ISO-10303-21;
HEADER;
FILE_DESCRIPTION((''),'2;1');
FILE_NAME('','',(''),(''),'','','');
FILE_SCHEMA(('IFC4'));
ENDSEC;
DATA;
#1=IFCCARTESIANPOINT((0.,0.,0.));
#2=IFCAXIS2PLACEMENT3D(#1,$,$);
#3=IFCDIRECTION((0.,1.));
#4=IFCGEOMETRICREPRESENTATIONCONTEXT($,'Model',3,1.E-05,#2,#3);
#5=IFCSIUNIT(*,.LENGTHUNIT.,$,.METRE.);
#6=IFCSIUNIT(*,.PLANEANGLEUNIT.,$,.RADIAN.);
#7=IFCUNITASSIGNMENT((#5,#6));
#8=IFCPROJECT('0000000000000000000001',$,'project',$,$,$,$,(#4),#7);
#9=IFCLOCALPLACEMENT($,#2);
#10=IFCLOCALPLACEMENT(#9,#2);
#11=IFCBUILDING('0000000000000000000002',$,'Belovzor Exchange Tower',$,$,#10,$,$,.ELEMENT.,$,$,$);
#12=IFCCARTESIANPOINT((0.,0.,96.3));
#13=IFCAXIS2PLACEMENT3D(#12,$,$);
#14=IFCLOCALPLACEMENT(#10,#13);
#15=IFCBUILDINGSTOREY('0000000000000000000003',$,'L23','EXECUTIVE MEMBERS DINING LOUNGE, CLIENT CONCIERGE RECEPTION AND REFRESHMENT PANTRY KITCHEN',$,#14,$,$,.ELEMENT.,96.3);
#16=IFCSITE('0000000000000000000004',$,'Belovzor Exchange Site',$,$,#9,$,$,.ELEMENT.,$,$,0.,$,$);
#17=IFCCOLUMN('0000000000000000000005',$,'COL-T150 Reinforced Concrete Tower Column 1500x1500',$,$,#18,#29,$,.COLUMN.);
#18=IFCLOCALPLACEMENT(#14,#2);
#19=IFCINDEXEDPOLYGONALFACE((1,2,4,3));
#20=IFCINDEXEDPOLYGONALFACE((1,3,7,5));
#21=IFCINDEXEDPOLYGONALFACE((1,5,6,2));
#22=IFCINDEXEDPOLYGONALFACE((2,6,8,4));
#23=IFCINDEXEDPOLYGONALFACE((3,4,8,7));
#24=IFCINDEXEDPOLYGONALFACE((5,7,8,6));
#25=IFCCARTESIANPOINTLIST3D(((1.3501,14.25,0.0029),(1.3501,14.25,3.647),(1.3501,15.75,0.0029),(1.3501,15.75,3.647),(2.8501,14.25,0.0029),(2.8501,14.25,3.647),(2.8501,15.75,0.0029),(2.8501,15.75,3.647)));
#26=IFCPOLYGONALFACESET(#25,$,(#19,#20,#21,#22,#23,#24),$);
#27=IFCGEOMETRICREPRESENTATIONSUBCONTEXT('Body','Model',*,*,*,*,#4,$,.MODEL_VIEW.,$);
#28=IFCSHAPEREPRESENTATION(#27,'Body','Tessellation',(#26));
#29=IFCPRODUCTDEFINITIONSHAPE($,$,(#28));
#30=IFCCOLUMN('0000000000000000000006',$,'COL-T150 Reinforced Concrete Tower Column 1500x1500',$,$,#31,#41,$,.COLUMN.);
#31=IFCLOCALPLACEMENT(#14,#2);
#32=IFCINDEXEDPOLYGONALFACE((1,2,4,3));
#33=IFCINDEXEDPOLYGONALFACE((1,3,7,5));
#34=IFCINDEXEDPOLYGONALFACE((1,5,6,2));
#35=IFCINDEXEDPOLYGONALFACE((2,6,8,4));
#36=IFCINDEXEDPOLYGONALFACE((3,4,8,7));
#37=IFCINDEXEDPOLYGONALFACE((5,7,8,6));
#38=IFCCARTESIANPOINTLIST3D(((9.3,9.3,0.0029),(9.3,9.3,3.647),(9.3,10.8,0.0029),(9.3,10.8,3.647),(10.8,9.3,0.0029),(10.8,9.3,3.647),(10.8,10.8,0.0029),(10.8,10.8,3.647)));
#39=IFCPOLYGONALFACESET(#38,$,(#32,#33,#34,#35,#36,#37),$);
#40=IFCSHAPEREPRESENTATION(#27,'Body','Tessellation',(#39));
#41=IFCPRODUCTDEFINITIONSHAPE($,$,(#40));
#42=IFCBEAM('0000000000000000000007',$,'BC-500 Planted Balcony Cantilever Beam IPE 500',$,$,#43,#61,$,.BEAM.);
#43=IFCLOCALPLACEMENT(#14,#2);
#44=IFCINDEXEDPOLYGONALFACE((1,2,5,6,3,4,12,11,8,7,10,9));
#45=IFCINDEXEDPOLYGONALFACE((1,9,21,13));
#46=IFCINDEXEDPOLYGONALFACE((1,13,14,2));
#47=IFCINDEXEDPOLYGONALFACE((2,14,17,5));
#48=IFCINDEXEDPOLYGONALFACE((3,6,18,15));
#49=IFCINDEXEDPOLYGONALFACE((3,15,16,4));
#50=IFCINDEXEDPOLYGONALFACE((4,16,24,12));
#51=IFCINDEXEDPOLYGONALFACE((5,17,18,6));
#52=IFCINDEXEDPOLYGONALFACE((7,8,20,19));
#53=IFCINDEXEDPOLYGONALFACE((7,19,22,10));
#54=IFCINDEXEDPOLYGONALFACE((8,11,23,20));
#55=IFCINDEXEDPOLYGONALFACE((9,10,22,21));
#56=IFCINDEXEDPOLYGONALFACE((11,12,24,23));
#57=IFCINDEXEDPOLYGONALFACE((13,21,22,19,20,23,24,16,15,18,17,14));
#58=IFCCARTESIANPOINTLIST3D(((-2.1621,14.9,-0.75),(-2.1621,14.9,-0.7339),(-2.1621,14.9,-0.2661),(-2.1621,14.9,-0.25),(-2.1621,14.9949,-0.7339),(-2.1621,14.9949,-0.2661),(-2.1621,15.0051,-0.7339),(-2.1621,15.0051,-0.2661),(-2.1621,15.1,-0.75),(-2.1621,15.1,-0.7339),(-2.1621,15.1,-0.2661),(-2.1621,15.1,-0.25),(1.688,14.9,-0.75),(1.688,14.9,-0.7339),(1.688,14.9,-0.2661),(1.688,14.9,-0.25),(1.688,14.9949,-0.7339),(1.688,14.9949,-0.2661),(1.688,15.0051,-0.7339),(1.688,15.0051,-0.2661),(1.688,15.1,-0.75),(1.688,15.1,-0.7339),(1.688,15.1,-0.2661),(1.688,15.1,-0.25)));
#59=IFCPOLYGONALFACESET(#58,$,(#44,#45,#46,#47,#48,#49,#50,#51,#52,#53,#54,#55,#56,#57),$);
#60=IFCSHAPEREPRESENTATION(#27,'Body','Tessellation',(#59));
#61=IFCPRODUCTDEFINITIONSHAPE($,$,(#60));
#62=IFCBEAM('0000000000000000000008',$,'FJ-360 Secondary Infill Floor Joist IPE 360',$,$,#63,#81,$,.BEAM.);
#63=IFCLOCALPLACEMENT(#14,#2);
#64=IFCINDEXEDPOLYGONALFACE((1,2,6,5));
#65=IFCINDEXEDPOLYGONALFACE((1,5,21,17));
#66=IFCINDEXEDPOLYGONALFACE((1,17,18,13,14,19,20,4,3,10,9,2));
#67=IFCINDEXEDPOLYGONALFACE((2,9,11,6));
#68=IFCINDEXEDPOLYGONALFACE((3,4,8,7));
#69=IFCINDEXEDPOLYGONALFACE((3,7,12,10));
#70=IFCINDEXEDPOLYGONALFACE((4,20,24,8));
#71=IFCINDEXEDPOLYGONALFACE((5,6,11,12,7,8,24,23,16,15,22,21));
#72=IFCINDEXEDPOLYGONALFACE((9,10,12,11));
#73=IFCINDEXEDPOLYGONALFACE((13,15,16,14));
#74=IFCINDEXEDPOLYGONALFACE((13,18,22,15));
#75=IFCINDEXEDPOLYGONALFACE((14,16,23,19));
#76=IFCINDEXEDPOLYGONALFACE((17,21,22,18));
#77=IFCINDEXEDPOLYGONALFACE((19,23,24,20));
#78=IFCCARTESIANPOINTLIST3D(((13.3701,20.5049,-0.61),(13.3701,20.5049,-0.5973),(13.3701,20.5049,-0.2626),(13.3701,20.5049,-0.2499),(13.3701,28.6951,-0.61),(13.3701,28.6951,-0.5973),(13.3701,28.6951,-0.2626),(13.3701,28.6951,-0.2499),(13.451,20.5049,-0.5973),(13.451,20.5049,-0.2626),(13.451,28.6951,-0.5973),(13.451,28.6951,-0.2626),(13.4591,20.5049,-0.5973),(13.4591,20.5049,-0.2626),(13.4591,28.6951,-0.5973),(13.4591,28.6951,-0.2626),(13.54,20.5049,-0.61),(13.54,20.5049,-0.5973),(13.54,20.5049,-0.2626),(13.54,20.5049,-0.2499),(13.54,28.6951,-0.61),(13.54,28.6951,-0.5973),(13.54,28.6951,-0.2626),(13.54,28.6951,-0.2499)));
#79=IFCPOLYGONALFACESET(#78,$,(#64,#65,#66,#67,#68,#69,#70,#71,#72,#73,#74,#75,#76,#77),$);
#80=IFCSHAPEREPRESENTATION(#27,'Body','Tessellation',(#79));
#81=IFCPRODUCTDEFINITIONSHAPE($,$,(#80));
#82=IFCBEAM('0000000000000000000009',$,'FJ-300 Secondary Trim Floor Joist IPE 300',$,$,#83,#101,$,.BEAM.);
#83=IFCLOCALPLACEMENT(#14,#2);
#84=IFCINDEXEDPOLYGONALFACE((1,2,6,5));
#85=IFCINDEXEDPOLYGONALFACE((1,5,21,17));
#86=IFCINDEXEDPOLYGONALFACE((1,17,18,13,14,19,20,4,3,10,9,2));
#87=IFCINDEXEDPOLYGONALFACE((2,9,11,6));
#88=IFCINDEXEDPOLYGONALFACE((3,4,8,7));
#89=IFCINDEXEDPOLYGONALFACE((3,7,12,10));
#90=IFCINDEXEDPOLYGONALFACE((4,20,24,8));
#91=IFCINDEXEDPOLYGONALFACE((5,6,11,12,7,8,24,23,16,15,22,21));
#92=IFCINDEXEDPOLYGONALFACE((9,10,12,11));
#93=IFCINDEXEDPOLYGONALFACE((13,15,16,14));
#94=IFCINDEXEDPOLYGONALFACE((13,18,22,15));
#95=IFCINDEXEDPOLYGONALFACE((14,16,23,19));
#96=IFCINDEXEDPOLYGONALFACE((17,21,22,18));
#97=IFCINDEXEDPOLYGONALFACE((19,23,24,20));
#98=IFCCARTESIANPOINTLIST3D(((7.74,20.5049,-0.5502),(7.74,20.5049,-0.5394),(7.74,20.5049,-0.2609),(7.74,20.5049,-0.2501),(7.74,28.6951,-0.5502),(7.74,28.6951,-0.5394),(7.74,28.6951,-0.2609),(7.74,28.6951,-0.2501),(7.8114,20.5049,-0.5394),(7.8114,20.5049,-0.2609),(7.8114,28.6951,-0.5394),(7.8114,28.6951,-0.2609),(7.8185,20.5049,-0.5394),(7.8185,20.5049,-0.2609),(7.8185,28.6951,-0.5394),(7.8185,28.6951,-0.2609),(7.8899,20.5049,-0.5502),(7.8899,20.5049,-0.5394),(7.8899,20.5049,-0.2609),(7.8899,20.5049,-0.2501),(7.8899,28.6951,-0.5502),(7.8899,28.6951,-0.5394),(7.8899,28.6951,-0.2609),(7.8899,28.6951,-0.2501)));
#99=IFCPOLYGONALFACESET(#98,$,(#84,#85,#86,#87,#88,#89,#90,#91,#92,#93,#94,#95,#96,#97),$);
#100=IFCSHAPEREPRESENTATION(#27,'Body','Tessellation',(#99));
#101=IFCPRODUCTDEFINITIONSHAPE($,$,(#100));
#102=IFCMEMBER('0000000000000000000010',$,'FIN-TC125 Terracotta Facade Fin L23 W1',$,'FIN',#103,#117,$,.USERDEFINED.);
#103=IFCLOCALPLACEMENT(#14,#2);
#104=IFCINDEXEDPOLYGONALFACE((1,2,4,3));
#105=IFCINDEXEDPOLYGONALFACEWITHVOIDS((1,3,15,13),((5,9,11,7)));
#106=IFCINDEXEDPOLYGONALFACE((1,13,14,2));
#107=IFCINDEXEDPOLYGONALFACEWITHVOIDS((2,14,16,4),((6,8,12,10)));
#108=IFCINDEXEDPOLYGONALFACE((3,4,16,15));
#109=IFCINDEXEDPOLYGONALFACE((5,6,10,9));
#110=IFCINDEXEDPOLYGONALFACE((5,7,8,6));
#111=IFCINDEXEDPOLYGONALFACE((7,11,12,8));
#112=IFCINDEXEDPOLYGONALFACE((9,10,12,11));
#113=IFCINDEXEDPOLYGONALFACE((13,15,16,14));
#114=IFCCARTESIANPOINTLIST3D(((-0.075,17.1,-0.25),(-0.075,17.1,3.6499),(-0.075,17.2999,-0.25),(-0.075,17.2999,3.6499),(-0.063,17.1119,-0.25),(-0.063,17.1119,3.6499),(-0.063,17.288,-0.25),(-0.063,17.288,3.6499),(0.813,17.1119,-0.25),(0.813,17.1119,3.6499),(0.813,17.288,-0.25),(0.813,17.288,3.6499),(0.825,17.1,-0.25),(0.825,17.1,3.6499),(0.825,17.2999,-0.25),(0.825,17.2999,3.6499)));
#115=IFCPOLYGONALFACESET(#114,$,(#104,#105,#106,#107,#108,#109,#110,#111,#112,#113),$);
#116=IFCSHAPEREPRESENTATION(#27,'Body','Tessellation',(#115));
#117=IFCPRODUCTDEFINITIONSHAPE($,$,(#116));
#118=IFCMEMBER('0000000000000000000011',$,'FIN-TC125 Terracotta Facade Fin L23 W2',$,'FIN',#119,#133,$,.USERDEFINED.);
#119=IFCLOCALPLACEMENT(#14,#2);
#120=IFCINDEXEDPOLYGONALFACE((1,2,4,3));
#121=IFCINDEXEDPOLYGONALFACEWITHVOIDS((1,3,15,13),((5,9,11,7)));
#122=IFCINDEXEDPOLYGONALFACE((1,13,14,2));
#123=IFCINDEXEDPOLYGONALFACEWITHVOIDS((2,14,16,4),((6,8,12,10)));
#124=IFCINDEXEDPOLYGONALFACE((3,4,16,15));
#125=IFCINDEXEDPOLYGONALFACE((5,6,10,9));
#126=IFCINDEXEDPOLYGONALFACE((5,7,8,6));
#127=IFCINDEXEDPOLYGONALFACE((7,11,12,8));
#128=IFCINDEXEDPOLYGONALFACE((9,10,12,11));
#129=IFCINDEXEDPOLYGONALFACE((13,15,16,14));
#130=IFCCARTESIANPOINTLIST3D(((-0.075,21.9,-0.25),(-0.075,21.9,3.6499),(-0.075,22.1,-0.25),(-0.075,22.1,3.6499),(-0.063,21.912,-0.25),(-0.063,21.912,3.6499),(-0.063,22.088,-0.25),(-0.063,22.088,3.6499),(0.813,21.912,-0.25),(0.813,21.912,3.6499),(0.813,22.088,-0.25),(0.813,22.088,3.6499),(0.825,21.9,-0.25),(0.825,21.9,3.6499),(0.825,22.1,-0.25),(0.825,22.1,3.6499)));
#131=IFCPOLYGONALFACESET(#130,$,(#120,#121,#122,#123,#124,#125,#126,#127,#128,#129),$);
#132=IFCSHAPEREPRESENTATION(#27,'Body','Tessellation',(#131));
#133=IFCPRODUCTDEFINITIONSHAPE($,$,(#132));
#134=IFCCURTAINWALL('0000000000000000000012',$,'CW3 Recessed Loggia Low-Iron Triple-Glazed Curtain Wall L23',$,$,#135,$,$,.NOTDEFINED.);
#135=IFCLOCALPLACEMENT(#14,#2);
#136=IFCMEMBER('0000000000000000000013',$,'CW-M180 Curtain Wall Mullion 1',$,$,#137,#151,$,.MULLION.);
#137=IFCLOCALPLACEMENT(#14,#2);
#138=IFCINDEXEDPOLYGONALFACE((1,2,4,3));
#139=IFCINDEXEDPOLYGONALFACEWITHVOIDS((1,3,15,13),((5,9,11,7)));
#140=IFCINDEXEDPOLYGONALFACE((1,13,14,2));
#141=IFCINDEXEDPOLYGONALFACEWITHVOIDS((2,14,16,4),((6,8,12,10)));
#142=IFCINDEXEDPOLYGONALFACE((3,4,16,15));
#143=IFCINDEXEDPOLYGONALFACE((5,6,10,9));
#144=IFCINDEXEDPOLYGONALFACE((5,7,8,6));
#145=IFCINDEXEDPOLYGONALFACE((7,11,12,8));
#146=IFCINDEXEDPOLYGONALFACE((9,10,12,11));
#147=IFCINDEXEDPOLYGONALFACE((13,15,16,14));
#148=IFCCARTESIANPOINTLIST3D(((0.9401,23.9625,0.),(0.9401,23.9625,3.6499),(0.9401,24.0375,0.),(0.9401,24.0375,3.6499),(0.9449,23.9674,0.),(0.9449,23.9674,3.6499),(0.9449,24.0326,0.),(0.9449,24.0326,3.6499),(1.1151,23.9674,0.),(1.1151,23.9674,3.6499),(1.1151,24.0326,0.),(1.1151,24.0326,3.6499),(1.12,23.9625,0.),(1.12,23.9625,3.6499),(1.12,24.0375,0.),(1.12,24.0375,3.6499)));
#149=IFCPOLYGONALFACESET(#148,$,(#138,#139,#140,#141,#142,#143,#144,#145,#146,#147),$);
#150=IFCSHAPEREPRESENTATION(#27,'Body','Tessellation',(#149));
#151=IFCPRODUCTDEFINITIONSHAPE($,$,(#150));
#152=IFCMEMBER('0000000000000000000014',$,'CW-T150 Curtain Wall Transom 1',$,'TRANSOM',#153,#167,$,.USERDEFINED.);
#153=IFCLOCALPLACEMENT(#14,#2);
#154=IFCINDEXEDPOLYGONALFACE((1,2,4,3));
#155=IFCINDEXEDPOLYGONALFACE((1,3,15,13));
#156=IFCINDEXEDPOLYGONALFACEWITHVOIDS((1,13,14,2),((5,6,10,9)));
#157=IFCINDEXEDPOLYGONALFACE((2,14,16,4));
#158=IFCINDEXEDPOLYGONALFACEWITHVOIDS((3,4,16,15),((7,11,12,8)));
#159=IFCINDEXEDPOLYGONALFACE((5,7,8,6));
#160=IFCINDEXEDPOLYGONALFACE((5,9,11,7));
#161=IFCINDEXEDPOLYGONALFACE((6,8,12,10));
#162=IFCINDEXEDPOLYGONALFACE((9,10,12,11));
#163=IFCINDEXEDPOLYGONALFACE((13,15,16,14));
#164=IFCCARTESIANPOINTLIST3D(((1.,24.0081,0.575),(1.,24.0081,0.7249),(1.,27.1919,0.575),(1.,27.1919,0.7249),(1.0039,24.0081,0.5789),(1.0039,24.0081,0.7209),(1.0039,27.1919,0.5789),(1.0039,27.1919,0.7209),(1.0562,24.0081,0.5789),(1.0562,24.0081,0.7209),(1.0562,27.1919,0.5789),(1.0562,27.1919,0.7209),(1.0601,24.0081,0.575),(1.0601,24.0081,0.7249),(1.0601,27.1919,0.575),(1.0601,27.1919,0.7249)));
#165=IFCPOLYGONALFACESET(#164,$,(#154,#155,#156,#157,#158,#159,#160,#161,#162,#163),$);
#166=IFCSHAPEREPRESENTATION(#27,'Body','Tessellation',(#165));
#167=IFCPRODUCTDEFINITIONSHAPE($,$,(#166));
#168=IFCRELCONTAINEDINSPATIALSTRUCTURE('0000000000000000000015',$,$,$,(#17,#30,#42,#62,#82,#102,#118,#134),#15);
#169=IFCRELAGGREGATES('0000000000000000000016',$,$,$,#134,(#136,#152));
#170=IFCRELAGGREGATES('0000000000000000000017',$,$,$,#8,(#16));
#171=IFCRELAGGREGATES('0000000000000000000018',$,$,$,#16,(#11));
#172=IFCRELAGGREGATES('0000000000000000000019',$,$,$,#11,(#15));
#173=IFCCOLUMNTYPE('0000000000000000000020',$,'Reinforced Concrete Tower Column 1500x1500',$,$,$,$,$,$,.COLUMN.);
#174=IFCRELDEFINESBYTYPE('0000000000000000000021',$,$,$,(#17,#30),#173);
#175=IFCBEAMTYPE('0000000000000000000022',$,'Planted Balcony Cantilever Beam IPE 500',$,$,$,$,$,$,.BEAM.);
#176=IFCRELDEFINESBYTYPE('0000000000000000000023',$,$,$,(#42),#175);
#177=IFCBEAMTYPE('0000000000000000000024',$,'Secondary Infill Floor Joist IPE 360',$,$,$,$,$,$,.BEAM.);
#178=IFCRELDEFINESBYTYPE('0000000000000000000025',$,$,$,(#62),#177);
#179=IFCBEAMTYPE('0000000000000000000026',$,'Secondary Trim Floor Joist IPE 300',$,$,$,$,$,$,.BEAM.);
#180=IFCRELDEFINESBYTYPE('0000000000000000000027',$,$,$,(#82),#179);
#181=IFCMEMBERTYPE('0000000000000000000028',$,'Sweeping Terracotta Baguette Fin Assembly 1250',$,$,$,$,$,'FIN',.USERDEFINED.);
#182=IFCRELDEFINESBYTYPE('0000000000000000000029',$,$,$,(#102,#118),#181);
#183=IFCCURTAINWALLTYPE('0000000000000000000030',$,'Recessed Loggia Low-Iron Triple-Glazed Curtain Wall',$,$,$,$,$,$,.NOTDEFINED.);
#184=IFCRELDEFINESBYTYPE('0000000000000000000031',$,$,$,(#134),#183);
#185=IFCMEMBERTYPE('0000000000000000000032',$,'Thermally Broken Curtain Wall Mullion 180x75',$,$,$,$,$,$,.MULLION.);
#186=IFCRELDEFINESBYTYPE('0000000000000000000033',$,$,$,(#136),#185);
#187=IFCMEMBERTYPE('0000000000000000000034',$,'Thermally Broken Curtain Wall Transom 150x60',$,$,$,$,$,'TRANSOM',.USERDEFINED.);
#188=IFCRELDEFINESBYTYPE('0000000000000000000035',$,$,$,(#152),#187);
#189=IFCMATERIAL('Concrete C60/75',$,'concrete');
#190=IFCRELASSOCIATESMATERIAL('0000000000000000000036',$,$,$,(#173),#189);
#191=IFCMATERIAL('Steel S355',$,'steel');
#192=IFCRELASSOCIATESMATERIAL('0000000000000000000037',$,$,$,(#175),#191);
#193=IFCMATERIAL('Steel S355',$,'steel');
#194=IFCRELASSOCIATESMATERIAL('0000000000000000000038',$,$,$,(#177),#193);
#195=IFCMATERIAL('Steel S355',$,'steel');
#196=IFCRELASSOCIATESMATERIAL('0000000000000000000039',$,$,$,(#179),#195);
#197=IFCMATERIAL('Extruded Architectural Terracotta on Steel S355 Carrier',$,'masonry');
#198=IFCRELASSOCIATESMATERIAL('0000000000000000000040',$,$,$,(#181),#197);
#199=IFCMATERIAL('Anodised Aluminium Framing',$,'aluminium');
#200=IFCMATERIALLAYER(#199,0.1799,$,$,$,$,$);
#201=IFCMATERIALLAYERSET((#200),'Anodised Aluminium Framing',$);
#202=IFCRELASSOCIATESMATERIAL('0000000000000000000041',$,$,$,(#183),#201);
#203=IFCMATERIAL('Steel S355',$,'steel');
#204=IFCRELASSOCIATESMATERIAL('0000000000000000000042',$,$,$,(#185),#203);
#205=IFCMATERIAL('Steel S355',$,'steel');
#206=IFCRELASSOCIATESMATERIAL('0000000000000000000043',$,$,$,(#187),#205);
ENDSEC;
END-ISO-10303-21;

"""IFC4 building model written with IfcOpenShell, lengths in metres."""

from ifc_helpers import new_model, si_unit, direction, frame, origin, origin_2d, place, context, subcontext, project, spatial, rectangle, hollow_rectangle, i_section, extrude, material, layer, layer_set, material_profile, profile_set, type_object, element, aggregate, save


model = new_model("IFC4")

# Units and contexts
model_context = context("Model", 3, precision=1e-05, world=origin(), true_north=direction((0.0, 1.0)))
body_context = subcontext(model_context, "Body", "Model", "MODEL_VIEW")
ifc_project = project(units=[si_unit("LENGTHUNIT", "METRE"), si_unit("PLANEANGLEUNIT", "RADIAN")], contexts=[model_context])

# Site, building, storey
site_placement = place(None, origin())
site = spatial("IfcSite", under=ifc_project, at=site_placement, Name="Belovzor Exchange Site", CompositionType="ELEMENT", RefElevation=0.0)
building_placement = place(site_placement, origin())
building = spatial("IfcBuilding", under=site, at=building_placement, Name="Belovzor Exchange Tower", CompositionType="ELEMENT")
storey_placement = place(building_placement, frame((0.0, 0.0, 96.3)))
storey = spatial("IfcBuildingStorey", under=building, at=storey_placement, Name="L23", Description="EXECUTIVE MEMBERS DINING LOUNGE, CLIENT CONCIERGE RECEPTION AND REFRESHMENT PANTRY KITCHEN", CompositionType="ELEMENT", Elevation=96.3)

# Columns
ifc_material_1 = material(Name="Concrete C60/75", Category="concrete")
ifc_material_profile_1 = material_profile(ifc_material_1, rectangle(XDim=1.5, YDim=1.5, at=origin_2d()))
ifc_profile_set_1 = profile_set([ifc_material_profile_1], Name="Concrete C60/75")
column_type = type_object("IfcColumnType", Name="Reinforced Concrete Tower Column 1500x1500", PredefinedType="COLUMN", material=ifc_profile_set_1)
for number, where, z_axis, x_axis, name in (
    (1, (2.1001, 15.0, 0.0029), (0.0, 0.0, 1.0), (1.0, 0.0, 0.0), "COL-T150 Reinforced Concrete Tower Column 1500x1500"),
    (2, (10.05, 10.05, 0.0029), (0.0, 0.0, 1.0), (1.0, 0.0, 0.0), "COL-T150 Reinforced Concrete Tower Column 1500x1500"),
):
    element("IfcColumn", number, at=place(storey_placement, frame(where, z_axis=z_axis, x_axis=x_axis)), inside=storey, type_object=column_type, Name=name, PredefinedType="COLUMN", context=body_context, shape_type="SweptSolid", body=[
        extrude(rectangle(XDim=1.5, YDim=1.5, at=origin_2d()), origin(), (0.0, 0.0, 1.0), 3.644),
    ])

# Beams
ifc_material_2 = material(Name="Steel S355", Category="steel")
ifc_material_profile_2 = material_profile(ifc_material_2, i_section(OverallWidth=0.2, OverallDepth=0.5, WebThickness=0.0103, FlangeThickness=0.0161, at=origin_2d()))
ifc_profile_set_2 = profile_set([ifc_material_profile_2], Name="Steel S355")
beam_type_1 = type_object("IfcBeamType", Name="Planted Balcony Cantilever Beam IPE 500", PredefinedType="BEAM", material=ifc_profile_set_2)
beam_1_placement = place(storey_placement, frame((1.688, 15.0, -0.5), z_axis=(-1.0, 0.0, 0.0), x_axis=(0.0, -1.0, 0.0)))
element("IfcBeam", 3, at=beam_1_placement, inside=storey, type_object=beam_type_1, Name="BC-500 Planted Balcony Cantilever Beam IPE 500", PredefinedType="BEAM", context=body_context, shape_type="SweptSolid", body=[
    extrude(i_section(OverallWidth=0.2, OverallDepth=0.5, WebThickness=0.0103, FlangeThickness=0.0161, at=origin_2d()), origin(), (0.0, 0.0, 1.0), 3.8501),
])
ifc_material_3 = material(Name="Steel S355", Category="steel")
ifc_material_profile_3 = material_profile(ifc_material_3, i_section(OverallWidth=0.1699, OverallDepth=0.3601, WebThickness=0.0081, FlangeThickness=0.0127, at=origin_2d()))
ifc_profile_set_3 = profile_set([ifc_material_profile_3], Name="Steel S355")
beam_type_2 = type_object("IfcBeamType", Name="Secondary Infill Floor Joist IPE 360", PredefinedType="BEAM", material=ifc_profile_set_3)
beam_2_placement = place(storey_placement, frame((13.4551, 20.5049, -0.4299), z_axis=(0.0, 1.0, 0.0), x_axis=(-1.0, 0.0, 0.0)))
element("IfcBeam", 4, at=beam_2_placement, inside=storey, type_object=beam_type_2, Name="FJ-360 Secondary Infill Floor Joist IPE 360", PredefinedType="BEAM", context=body_context, shape_type="SweptSolid", body=[
    extrude(i_section(OverallWidth=0.1699, OverallDepth=0.3601, WebThickness=0.0081, FlangeThickness=0.0127, at=origin_2d()), origin(), (0.0, 0.0, 1.0), 8.1902),
])
ifc_material_4 = material(Name="Steel S355", Category="steel")
ifc_material_profile_4 = material_profile(ifc_material_4, i_section(OverallWidth=0.1499, OverallDepth=0.3, WebThickness=0.0071, FlangeThickness=0.0107, at=origin_2d()))
ifc_profile_set_4 = profile_set([ifc_material_profile_4], Name="Steel S355")
beam_type_3 = type_object("IfcBeamType", Name="Secondary Trim Floor Joist IPE 300", PredefinedType="BEAM", material=ifc_profile_set_4)
beam_3_placement = place(storey_placement, frame((7.8149, 20.5049, -0.4001), z_axis=(0.0, 1.0, 0.0), x_axis=(-1.0, 0.0, 0.0)))
element("IfcBeam", 5, at=beam_3_placement, inside=storey, type_object=beam_type_3, Name="FJ-300 Secondary Trim Floor Joist IPE 300", PredefinedType="BEAM", context=body_context, shape_type="SweptSolid", body=[
    extrude(i_section(OverallWidth=0.1499, OverallDepth=0.3, WebThickness=0.0071, FlangeThickness=0.0107, at=origin_2d()), origin(), (0.0, 0.0, 1.0), 8.1902),
])

# Members
ifc_material_5 = material(Name="Extruded Architectural Terracotta on Steel S355 Carrier", Category="masonry")
ifc_material_profile_5 = material_profile(ifc_material_5, hollow_rectangle(XDim=0.2, YDim=0.8999, WallThickness=0.012, at=origin_2d()))
ifc_profile_set_5 = profile_set([ifc_material_profile_5], Name="Extruded Architectural Terracotta on Steel S355 Carrier")
member_type_1 = type_object("IfcMemberType", Name="Sweeping Terracotta Baguette Fin Assembly 1250", ElementType="FIN", PredefinedType="USERDEFINED", material=ifc_profile_set_5)
for number, where, z_axis, x_axis, name in (
    (6, (0.375, 17.2, -0.25), (0.0, 0.0, 1.0), (0.0, 1.0, 0.0), "FIN-TC125 Terracotta Facade Fin L23 W1"),
    (7, (0.375, 22.0, -0.25), (0.0, 0.0, 1.0), (0.0, 1.0, 0.0), "FIN-TC125 Terracotta Facade Fin L23 W2"),
):
    element("IfcMember", number, at=place(storey_placement, frame(where, z_axis=z_axis, x_axis=x_axis)), inside=storey, type_object=member_type_1, Name=name, ObjectType="FIN", PredefinedType="USERDEFINED", context=body_context, shape_type="SweptSolid", body=[
        extrude(hollow_rectangle(XDim=0.2, YDim=0.8999, WallThickness=0.012, at=origin_2d()), origin(), (0.0, 0.0, 1.0), 3.8999),
    ])

# Curtain wall, members
ifc_material_6 = material(Name="Anodised Aluminium Framing", Category="aluminium")
ifc_layer_1 = layer(ifc_material_6, 0.1799)
ifc_layer_set_1 = layer_set([ifc_layer_1], Name="Anodised Aluminium Framing")
curtain_wall_type = type_object("IfcCurtainWallType", Name="Recessed Loggia Low-Iron Triple-Glazed Curtain Wall", PredefinedType="NOTDEFINED", material=ifc_layer_set_1)
curtain_wall_placement = place(storey_placement, origin())
curtain_wall = element("IfcCurtainWall", 8, at=curtain_wall_placement, inside=storey, type_object=curtain_wall_type, Name="CW3 Recessed Loggia Low-Iron Triple-Glazed Curtain Wall L23", PredefinedType="NOTDEFINED")
ifc_material_7 = material(Name="Steel S355", Category="steel")
ifc_material_profile_6 = material_profile(ifc_material_7, hollow_rectangle(XDim=0.075, YDim=0.1799, WallThickness=0.0049, at=origin_2d()))
ifc_profile_set_6 = profile_set([ifc_material_profile_6], Name="Steel S355")
member_type_2 = type_object("IfcMemberType", Name="Thermally Broken Curtain Wall Mullion 180x75", PredefinedType="MULLION", material=ifc_profile_set_6)
member_1_placement = place(storey_placement, frame((1.03, 24.0, 0.0), z_axis=(0.0, 0.0, 1.0), x_axis=(0.0, 1.0, 0.0)))
member_1 = element("IfcMember", 9, at=member_1_placement, type_object=member_type_2, Name="CW-M180 Curtain Wall Mullion 1", PredefinedType="MULLION", context=body_context, shape_type="SweptSolid", body=[
    extrude(hollow_rectangle(XDim=0.075, YDim=0.1799, WallThickness=0.0049, at=origin_2d()), origin(), (0.0, 0.0, 1.0), 3.6499),
])
ifc_material_8 = material(Name="Steel S355", Category="steel")
ifc_material_profile_7 = material_profile(ifc_material_8, hollow_rectangle(XDim=0.0601, YDim=0.1499, WallThickness=0.0039, at=origin_2d()))
ifc_profile_set_7 = profile_set([ifc_material_profile_7], Name="Steel S355")
member_type_3 = type_object("IfcMemberType", Name="Thermally Broken Curtain Wall Transom 150x60", ElementType="TRANSOM", PredefinedType="USERDEFINED", material=ifc_profile_set_7)
member_2_placement = place(storey_placement, frame((1.03, 24.0081, 0.6499), z_axis=(0.0, 1.0, 0.0), x_axis=(-1.0, 0.0, 0.0)))
member_2 = element("IfcMember", 10, at=member_2_placement, type_object=member_type_3, Name="CW-T150 Curtain Wall Transom 1", ObjectType="TRANSOM", PredefinedType="USERDEFINED", context=body_context, shape_type="SweptSolid", body=[
    extrude(hollow_rectangle(XDim=0.0601, YDim=0.1499, WallThickness=0.0039, at=origin_2d()), origin(), (0.0, 0.0, 1.0), 3.1838),
])

aggregate(curtain_wall, [member_1, member_2])

save(model, "model.ifc")
